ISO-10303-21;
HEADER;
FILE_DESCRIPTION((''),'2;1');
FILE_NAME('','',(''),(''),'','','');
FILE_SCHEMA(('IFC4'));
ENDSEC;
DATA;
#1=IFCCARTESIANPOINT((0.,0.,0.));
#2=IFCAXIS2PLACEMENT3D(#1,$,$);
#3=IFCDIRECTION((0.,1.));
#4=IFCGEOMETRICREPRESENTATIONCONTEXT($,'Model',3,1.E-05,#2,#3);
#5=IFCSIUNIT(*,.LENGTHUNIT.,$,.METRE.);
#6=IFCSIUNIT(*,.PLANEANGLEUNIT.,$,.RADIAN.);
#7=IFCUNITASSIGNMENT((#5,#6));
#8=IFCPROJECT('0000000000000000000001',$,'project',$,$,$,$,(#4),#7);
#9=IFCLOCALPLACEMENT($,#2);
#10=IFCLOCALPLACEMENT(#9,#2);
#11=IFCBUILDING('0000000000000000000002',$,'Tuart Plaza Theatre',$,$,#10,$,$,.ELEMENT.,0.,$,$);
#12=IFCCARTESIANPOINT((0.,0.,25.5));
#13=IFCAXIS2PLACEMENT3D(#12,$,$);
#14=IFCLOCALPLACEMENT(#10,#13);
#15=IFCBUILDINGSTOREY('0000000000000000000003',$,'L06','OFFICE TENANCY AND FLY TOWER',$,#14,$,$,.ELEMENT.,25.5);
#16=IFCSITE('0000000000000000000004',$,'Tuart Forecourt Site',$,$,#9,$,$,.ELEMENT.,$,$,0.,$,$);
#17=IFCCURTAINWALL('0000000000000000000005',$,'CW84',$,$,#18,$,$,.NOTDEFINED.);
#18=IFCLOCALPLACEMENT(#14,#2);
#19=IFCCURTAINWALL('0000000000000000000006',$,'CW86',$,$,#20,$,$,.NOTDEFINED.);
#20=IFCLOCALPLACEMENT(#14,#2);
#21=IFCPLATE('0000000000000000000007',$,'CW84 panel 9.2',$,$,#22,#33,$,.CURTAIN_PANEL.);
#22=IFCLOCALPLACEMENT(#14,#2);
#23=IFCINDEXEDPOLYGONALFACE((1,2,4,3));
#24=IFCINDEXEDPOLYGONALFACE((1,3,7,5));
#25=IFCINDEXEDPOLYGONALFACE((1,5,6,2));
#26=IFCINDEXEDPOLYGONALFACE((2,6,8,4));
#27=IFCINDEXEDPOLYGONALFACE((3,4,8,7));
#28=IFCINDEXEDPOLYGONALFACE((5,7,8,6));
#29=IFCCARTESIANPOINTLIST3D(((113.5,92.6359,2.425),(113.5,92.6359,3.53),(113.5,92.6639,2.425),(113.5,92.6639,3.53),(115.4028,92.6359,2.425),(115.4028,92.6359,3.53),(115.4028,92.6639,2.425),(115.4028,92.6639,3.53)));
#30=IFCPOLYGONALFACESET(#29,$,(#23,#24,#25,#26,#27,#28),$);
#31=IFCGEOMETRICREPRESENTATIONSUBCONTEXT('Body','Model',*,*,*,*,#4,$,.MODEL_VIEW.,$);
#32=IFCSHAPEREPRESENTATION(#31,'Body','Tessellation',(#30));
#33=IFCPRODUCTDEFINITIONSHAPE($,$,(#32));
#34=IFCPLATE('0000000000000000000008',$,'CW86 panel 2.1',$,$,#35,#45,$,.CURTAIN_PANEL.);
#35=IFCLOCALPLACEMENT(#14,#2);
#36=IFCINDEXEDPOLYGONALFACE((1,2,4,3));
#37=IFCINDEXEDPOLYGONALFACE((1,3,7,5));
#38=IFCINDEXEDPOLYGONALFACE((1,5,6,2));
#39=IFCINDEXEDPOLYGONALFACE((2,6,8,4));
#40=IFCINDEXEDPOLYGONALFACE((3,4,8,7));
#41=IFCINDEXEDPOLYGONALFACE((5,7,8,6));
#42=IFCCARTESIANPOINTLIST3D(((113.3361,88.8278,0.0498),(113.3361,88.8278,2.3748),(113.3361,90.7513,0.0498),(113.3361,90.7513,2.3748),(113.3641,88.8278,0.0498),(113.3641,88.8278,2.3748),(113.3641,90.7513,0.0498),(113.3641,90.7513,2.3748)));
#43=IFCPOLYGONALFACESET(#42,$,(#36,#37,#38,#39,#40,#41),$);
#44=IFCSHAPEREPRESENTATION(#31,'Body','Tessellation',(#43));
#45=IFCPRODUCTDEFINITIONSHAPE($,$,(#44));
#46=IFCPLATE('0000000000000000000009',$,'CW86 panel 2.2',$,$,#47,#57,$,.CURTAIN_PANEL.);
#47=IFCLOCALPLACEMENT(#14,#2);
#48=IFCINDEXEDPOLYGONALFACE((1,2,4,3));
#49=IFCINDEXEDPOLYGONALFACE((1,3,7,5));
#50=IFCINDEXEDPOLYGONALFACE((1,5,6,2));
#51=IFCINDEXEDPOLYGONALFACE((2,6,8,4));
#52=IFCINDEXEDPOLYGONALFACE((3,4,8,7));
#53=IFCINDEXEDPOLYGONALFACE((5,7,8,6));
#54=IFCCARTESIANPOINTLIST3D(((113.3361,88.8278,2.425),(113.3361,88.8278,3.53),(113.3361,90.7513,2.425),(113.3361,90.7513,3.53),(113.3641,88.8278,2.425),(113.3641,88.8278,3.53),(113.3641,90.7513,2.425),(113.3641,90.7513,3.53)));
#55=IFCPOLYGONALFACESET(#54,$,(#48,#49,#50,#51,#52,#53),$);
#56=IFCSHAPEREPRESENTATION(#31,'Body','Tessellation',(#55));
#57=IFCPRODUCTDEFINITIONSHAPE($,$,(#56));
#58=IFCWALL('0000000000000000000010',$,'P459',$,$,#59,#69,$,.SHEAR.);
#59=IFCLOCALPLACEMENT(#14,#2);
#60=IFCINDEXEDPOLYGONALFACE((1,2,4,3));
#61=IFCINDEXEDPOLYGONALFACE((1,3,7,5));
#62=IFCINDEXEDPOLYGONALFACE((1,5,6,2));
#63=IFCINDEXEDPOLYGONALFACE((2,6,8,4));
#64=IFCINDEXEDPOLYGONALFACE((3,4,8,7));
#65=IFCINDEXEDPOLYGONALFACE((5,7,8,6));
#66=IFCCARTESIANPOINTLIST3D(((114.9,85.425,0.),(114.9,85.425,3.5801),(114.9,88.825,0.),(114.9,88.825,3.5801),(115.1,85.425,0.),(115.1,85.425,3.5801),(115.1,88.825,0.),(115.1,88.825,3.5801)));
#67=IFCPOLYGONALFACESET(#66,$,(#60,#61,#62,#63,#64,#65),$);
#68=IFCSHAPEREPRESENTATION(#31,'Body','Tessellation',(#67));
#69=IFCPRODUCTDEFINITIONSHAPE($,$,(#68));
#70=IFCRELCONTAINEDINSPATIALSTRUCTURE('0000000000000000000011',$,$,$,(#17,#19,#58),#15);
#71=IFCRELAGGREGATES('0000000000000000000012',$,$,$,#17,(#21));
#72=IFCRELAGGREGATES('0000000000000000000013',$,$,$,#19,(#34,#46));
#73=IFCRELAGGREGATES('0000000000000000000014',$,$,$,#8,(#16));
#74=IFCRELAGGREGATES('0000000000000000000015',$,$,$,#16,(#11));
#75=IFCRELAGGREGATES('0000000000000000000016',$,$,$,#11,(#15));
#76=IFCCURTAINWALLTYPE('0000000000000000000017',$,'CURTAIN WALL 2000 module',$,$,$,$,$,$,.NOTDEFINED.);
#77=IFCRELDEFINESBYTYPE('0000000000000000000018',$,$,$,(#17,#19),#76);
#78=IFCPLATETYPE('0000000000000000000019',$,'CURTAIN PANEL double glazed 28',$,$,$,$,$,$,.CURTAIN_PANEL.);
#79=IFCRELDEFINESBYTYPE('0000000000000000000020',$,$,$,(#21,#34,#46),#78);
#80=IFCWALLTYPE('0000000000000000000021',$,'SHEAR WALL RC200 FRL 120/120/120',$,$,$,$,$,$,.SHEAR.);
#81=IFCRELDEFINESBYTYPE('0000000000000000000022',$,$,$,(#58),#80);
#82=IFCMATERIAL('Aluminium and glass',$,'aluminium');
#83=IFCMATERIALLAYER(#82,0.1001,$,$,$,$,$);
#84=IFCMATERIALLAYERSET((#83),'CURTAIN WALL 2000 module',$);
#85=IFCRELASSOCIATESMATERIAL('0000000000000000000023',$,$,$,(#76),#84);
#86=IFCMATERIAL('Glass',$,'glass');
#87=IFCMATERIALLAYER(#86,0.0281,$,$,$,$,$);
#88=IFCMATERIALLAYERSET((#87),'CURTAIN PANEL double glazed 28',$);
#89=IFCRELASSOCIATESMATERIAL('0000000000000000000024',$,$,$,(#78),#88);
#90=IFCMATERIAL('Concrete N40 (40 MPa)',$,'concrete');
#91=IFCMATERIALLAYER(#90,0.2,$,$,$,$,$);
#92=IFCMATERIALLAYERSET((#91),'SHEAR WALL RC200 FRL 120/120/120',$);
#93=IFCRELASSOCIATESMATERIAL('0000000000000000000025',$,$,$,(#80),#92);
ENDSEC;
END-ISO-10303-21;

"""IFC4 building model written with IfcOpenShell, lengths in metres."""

from ifc_helpers import new_model, si_unit, direction, frame, frame_2d, origin, origin_2d, place, context, subcontext, project, spatial, rectangle, extrude, material, layer, layer_set, type_object, element, aggregate, save


model = new_model("IFC4")

# Units and contexts
model_context = context("Model", 3, precision=1e-05, world=origin(), true_north=direction((0.0, 1.0)))
body_context = subcontext(model_context, "Body", "Model", "MODEL_VIEW")
ifc_project = project(units=[si_unit("LENGTHUNIT", "METRE"), si_unit("PLANEANGLEUNIT", "RADIAN")], contexts=[model_context])

# Site, building, storey
site_placement = place(None, origin())
site = spatial("IfcSite", under=ifc_project, at=site_placement, Name="Tuart Forecourt Site", CompositionType="ELEMENT", RefElevation=0.0)
building_placement = place(site_placement, origin())
building = spatial("IfcBuilding", under=site, at=building_placement, Name="Tuart Plaza Theatre", CompositionType="ELEMENT", ElevationOfRefHeight=0.0)
storey_placement = place(building_placement, frame((0.0, 0.0, 25.5)))
storey = spatial("IfcBuildingStorey", under=building, at=storey_placement, Name="L06", Description="OFFICE TENANCY AND FLY TOWER", CompositionType="ELEMENT", Elevation=25.5)

# Curtain walls
ifc_material_1 = material(Name="Aluminium and glass", Category="aluminium")
ifc_layer_1 = layer(ifc_material_1, 0.1001)
ifc_layer_set_1 = layer_set([ifc_layer_1], Name="CURTAIN WALL 2000 module")
curtain_wall_type = type_object("IfcCurtainWallType", Name="CURTAIN WALL 2000 module", PredefinedType="NOTDEFINED", material=ifc_layer_set_1)
curtain_wall_1_placement = place(storey_placement, origin())
curtain_wall_1 = element("IfcCurtainWall", 1, at=curtain_wall_1_placement, inside=storey, type_object=curtain_wall_type, Name="CW84", PredefinedType="NOTDEFINED")
curtain_wall_2_placement = place(storey_placement, origin())
curtain_wall_2 = element("IfcCurtainWall", 2, at=curtain_wall_2_placement, inside=storey, type_object=curtain_wall_type, Name="CW86", PredefinedType="NOTDEFINED")

# Plates
ifc_material_2 = material(Name="Glass", Category="glass")
ifc_layer_2 = layer(ifc_material_2, 0.0281)
ifc_layer_set_2 = layer_set([ifc_layer_2], Name="CURTAIN PANEL double glazed 28")
plate_type = type_object("IfcPlateType", Name="CURTAIN PANEL double glazed 28", PredefinedType="CURTAIN_PANEL", material=ifc_layer_set_2)
plate_1_placement = place(storey_placement, frame((114.4514, 92.6499, 2.425), z_axis=(0.0, 0.0, 1.0), x_axis=(-1.0, 0.0, 0.0)))
plate_1 = element("IfcPlate", 3, at=plate_1_placement, type_object=plate_type, Name="CW84 panel 9.2", PredefinedType="CURTAIN_PANEL", context=body_context, shape_type="SweptSolid", body=[
    extrude(rectangle(XDim=1.9028, YDim=0.0281, at=origin_2d()), origin(), (0.0, 0.0, 1.0), 1.105),
])
aggregate(curtain_wall_1, [plate_1])
plate_2_placement = place(storey_placement, frame((113.3501, 89.7896, 0.0498), z_axis=(0.0, 0.0, 1.0), x_axis=(0.0, -1.0, 0.0)))
plate_2 = element("IfcPlate", 4, at=plate_2_placement, type_object=plate_type, Name="CW86 panel 2.1", PredefinedType="CURTAIN_PANEL", context=body_context, shape_type="SweptSolid", body=[
    extrude(rectangle(XDim=1.9236, YDim=0.0281, at=origin_2d()), origin(), (0.0, 0.0, 1.0), 2.325),
])
plate_3_placement = place(storey_placement, frame((113.3501, 89.7896, 2.425), z_axis=(0.0, 0.0, 1.0), x_axis=(0.0, -1.0, 0.0)))
plate_3 = element("IfcPlate", 5, at=plate_3_placement, type_object=plate_type, Name="CW86 panel 2.2", PredefinedType="CURTAIN_PANEL", context=body_context, shape_type="SweptSolid", body=[
    extrude(rectangle(XDim=1.9236, YDim=0.0281, at=origin_2d()), origin(), (0.0, 0.0, 1.0), 1.105),
])
aggregate(curtain_wall_2, [plate_2, plate_3])

# Wall
ifc_material_3 = material(Name="Concrete N40 (40 MPa)", Category="concrete")
ifc_layer_3 = layer(ifc_material_3, 0.2)
ifc_layer_set_3 = layer_set([ifc_layer_3], Name="SHEAR WALL RC200 FRL 120/120/120")
wall_type = type_object("IfcWallType", Name="SHEAR WALL RC200 FRL 120/120/120", PredefinedType="SHEAR", material=ifc_layer_set_3)
wall_placement = place(storey_placement, frame((115.0, 88.825, 0.0), z_axis=(0.0, 0.0, 1.0), x_axis=(0.0, -1.0, 0.0)))
element("IfcWall", 6, at=wall_placement, inside=storey, type_object=wall_type, Name="P459", PredefinedType="SHEAR", context=body_context, shape_type="SweptSolid", body=[
    extrude(rectangle(XDim=3.3999, YDim=0.2, at=frame_2d((1.7, 0.0))), origin(), (0.0, 0.0, 1.0), 3.5801),
])

save(model, "model.ifc")
